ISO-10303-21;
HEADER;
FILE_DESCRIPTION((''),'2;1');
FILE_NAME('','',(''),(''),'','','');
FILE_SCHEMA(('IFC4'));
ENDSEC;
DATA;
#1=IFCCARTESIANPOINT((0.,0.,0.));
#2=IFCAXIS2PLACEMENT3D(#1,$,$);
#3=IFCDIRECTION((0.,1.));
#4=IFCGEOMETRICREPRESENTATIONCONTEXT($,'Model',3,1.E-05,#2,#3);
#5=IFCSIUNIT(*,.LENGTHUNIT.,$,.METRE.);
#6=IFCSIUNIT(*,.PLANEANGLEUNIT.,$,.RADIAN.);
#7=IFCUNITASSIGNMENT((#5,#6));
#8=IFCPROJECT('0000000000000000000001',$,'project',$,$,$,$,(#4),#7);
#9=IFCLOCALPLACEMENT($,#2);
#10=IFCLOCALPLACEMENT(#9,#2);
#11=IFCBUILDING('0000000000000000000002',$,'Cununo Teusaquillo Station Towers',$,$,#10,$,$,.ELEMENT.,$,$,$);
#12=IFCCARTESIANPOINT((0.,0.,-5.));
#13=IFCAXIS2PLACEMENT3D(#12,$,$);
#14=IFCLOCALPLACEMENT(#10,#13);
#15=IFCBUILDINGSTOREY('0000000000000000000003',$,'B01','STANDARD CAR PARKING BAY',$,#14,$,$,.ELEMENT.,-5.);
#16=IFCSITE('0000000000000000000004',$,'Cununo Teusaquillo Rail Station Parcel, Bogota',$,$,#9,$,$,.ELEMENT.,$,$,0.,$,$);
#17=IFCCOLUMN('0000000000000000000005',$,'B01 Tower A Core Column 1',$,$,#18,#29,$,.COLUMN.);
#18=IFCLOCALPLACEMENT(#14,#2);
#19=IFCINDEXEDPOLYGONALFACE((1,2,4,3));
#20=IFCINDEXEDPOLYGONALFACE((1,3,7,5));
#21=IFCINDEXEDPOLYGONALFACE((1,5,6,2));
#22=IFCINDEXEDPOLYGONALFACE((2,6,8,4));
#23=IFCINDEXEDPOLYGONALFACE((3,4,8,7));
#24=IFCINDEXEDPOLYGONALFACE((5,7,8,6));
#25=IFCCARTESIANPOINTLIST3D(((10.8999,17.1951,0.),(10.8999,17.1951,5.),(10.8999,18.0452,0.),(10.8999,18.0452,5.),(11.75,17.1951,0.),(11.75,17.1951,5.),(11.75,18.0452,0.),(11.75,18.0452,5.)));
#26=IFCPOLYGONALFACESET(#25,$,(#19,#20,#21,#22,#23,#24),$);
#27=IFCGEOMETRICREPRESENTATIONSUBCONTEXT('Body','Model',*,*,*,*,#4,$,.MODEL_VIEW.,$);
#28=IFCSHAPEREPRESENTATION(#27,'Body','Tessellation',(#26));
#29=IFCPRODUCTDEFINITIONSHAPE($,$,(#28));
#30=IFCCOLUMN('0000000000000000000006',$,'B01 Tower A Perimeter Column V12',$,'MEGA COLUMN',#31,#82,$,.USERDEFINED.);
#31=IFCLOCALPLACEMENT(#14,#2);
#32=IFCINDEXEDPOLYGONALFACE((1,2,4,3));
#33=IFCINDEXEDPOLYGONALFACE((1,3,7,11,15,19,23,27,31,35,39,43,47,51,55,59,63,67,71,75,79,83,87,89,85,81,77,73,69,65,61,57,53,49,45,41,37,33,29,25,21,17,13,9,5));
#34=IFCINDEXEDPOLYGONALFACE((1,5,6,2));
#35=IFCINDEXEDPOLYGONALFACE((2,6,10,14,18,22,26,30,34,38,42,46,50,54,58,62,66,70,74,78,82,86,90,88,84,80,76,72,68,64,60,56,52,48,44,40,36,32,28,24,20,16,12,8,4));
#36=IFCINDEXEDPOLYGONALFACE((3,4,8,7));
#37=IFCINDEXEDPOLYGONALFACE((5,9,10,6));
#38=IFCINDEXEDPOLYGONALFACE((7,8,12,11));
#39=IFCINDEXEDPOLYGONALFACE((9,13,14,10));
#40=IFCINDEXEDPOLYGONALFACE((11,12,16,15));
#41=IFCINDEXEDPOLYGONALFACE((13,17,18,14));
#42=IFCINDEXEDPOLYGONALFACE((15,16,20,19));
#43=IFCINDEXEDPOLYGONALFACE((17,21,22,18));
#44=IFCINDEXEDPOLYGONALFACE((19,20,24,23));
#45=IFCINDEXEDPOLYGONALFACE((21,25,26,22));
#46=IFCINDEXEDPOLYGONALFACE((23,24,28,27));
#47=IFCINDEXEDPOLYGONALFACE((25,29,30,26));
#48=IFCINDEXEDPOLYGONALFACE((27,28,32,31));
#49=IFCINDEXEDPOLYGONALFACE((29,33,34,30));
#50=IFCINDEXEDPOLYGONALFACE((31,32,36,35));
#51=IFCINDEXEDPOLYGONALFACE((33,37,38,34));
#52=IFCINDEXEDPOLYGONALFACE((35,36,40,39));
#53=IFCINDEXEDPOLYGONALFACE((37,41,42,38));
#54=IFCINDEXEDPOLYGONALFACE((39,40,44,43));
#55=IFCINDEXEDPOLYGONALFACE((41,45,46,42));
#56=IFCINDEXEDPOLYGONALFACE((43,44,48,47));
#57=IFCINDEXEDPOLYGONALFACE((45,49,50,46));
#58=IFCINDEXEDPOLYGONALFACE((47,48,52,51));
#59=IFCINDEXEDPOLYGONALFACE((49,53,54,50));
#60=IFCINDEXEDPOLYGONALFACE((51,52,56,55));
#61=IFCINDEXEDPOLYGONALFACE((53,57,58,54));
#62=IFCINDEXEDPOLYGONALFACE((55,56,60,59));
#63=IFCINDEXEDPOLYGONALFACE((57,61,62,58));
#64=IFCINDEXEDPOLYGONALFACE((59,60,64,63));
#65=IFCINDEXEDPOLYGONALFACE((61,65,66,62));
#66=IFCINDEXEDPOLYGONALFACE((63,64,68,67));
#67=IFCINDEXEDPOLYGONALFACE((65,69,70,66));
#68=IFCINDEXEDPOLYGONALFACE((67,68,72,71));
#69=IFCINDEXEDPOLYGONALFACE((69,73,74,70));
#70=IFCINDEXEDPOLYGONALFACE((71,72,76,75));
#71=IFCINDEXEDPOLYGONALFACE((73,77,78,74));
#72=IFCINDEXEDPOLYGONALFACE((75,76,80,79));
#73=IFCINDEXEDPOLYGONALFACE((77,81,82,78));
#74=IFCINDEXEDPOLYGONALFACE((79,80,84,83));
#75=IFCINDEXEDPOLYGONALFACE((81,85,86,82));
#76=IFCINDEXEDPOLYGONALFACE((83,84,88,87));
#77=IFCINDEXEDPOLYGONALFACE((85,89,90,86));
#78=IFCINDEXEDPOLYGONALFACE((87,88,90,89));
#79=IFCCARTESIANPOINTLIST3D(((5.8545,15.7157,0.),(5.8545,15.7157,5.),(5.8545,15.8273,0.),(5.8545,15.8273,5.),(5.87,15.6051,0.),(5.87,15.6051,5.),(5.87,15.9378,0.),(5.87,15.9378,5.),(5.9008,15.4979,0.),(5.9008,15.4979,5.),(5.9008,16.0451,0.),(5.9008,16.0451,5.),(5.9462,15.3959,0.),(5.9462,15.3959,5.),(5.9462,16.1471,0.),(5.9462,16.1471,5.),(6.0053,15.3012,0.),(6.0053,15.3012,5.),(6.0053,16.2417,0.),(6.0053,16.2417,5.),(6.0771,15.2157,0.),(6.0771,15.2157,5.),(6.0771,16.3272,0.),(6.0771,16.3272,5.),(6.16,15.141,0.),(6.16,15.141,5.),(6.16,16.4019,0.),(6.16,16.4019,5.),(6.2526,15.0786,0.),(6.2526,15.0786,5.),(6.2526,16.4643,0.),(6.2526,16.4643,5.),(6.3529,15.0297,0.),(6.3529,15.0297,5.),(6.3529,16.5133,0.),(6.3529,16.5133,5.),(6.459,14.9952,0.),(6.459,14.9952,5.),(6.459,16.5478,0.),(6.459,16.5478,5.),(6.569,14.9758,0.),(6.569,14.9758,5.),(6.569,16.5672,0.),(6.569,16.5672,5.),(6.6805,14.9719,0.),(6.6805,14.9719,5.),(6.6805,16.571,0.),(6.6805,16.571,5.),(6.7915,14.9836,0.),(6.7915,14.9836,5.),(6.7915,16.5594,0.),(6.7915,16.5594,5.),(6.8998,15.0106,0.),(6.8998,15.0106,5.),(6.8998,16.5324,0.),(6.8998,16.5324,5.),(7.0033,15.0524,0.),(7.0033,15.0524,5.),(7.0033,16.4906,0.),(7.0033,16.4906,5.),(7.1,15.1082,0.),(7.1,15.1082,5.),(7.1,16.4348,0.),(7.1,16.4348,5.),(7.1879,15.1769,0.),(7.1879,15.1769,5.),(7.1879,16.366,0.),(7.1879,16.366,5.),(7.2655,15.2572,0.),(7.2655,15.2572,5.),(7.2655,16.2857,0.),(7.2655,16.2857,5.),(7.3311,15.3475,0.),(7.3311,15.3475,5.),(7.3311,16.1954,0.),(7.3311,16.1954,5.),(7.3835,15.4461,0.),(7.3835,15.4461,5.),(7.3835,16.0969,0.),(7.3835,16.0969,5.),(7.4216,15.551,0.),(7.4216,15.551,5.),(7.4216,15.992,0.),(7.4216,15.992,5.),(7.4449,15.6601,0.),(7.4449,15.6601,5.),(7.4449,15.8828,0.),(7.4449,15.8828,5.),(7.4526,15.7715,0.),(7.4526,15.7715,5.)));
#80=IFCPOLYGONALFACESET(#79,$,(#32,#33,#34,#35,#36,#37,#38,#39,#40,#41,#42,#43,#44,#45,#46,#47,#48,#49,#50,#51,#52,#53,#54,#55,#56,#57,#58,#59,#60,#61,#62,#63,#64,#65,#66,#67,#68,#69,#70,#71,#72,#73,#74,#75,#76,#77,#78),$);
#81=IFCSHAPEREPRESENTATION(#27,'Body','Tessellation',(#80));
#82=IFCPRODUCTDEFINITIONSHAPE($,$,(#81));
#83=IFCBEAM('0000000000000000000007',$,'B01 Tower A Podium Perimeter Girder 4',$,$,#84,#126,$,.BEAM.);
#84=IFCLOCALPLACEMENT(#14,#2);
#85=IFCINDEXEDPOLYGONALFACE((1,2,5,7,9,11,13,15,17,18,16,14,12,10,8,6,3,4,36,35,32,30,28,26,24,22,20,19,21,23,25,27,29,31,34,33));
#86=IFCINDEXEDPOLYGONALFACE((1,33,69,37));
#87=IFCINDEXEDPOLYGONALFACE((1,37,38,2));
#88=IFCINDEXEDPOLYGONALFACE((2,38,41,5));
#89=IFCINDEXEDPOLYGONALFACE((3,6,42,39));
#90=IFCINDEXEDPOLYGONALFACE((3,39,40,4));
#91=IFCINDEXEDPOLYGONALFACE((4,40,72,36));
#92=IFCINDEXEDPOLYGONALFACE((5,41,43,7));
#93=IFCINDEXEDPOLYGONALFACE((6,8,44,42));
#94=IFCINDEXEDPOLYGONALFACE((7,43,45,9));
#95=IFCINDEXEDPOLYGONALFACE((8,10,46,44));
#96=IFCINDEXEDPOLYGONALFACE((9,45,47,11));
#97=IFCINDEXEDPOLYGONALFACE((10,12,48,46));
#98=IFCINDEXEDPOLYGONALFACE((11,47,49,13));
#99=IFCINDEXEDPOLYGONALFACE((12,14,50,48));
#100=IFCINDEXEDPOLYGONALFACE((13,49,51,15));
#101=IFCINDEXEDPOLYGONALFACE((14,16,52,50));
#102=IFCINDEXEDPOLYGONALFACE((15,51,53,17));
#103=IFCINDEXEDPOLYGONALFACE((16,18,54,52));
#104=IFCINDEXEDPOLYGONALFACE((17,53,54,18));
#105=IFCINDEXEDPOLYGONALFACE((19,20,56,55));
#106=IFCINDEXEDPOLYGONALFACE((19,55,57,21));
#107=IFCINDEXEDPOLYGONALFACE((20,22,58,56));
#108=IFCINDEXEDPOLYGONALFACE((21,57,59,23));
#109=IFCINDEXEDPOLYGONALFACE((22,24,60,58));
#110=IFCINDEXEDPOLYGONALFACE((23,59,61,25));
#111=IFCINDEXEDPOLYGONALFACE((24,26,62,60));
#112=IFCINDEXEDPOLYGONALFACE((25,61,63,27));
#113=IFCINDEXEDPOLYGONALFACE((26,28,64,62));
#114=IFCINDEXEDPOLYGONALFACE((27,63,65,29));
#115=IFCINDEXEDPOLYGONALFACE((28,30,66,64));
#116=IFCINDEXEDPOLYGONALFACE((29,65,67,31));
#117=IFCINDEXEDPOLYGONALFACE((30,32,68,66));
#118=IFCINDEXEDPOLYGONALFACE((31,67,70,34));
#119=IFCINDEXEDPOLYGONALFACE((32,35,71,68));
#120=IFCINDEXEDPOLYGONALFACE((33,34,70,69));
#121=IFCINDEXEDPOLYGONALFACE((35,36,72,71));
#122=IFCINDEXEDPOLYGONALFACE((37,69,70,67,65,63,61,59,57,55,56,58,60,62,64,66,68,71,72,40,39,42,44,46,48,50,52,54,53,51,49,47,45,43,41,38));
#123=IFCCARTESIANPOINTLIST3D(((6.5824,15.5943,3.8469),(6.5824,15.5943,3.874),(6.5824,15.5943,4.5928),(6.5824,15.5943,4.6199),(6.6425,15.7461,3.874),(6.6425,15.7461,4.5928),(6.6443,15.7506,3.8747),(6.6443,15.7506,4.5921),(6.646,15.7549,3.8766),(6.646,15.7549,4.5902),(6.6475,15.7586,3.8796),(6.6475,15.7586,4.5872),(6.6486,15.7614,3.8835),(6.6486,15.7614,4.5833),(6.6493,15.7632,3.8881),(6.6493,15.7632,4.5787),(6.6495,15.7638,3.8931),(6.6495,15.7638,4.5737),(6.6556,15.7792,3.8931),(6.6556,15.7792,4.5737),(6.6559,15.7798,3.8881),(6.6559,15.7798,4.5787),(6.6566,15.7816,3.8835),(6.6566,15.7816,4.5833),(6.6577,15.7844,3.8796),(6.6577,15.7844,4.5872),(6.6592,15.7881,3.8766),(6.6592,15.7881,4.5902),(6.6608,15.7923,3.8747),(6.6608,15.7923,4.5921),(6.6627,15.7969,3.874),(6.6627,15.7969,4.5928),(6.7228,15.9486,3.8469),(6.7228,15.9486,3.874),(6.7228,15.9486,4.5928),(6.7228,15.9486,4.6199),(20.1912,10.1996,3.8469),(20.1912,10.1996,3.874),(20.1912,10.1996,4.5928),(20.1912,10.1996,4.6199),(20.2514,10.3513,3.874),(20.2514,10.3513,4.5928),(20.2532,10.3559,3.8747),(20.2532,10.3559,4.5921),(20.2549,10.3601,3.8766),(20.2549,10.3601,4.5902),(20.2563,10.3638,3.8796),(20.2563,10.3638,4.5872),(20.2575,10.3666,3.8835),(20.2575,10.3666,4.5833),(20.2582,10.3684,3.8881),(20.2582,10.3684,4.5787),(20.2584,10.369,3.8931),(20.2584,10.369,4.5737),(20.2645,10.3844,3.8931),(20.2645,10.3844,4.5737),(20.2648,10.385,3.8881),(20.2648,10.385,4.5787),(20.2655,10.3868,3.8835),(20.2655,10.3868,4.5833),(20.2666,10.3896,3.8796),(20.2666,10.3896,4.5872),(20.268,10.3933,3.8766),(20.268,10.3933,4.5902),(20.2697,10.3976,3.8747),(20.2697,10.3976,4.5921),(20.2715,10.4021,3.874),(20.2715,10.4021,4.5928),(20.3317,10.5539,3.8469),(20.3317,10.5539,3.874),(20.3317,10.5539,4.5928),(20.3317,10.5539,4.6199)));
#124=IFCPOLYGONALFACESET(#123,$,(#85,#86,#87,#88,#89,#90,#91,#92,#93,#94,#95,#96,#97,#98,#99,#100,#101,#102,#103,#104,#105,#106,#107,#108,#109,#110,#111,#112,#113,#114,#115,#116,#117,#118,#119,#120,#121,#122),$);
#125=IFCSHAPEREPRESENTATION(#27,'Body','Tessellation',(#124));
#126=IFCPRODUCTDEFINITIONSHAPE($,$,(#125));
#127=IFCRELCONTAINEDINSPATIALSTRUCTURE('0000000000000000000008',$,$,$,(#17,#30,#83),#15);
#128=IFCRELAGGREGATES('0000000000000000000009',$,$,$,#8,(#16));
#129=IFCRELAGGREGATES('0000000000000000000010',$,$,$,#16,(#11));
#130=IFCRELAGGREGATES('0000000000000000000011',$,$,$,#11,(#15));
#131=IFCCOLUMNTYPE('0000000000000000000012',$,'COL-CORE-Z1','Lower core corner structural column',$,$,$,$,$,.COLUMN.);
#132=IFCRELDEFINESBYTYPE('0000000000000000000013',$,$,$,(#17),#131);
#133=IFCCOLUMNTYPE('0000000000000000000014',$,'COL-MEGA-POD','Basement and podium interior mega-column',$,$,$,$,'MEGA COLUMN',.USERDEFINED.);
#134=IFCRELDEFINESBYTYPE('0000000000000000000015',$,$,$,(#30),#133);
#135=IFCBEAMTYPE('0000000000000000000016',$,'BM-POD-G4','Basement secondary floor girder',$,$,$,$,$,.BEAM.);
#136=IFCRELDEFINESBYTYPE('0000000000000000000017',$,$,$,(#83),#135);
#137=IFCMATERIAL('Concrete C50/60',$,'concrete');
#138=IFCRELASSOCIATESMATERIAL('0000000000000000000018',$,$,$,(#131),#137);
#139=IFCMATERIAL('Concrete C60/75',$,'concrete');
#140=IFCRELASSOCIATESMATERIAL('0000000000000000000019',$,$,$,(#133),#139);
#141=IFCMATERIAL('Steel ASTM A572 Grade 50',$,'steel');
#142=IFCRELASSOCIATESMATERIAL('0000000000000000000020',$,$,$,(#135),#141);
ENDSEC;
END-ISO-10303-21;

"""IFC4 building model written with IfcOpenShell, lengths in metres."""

from ifc_helpers import new_model, si_unit, direction, frame, origin, origin_2d, place, context, subcontext, project, spatial, rectangle, circle, i_section, extrude, material, material_profile, profile_set, type_object, element, save


model = new_model("IFC4")

# Units and contexts
model_context = context("Model", 3, precision=1e-05, world=origin(), true_north=direction((0.0, 1.0)))
body_context = subcontext(model_context, "Body", "Model", "MODEL_VIEW")
ifc_project = project(units=[si_unit("LENGTHUNIT", "METRE"), si_unit("PLANEANGLEUNIT", "RADIAN")], contexts=[model_context])

# Site, building, storey
site_placement = place(None, origin())
site = spatial("IfcSite", under=ifc_project, at=site_placement, Name="Cununo Teusaquillo Rail Station Parcel, Bogota", CompositionType="ELEMENT", RefElevation=0.0)
building_placement = place(site_placement, origin())
building = spatial("IfcBuilding", under=site, at=building_placement, Name="Cununo Teusaquillo Station Towers", CompositionType="ELEMENT")
storey_placement = place(building_placement, frame((0.0, 0.0, -5.0)))
storey = spatial("IfcBuildingStorey", under=building, at=storey_placement, Name="B01", Description="STANDARD CAR PARKING BAY", CompositionType="ELEMENT", Elevation=-5.0)

# Columns
ifc_material_1 = material(Name="Concrete C50/60", Category="concrete")
ifc_material_profile_1 = material_profile(ifc_material_1, rectangle(XDim=0.8501, YDim=0.8501, at=origin_2d()), Name="RC-RECT-850x850")
ifc_profile_set_1 = profile_set([ifc_material_profile_1], Name="Concrete C50/60")
column_type_1 = type_object("IfcColumnType", Name="COL-CORE-Z1", Description="Lower core corner structural column", PredefinedType="COLUMN", material=ifc_profile_set_1)
column_1_placement = place(storey_placement, frame((11.325, 17.6201, 0.0), z_axis=(0.0, 0.0, 1.0), x_axis=(1.0, 0.0, 0.0)))
element("IfcColumn", 1, at=column_1_placement, inside=storey, type_object=column_type_1, Name="B01 Tower A Core Column 1", PredefinedType="COLUMN", context=body_context, shape_type="SweptSolid", body=[
    extrude(rectangle(XDim=0.8501, YDim=0.8501, at=origin_2d()), origin(), (0.0, 0.0, 1.0), 5.0),
])
ifc_material_2 = material(Name="Concrete C60/75", Category="concrete")
ifc_material_profile_2 = material_profile(ifc_material_2, circle(Radius=0.8, at=origin_2d()), Name="RC-CIRC-1600")
ifc_profile_set_2 = profile_set([ifc_material_profile_2], Name="Concrete C60/75")
column_type_2 = type_object("IfcColumnType", Name="COL-MEGA-POD", Description="Basement and podium interior mega-column", ElementType="MEGA COLUMN", PredefinedType="USERDEFINED", material=ifc_profile_set_2)
column_2_placement = place(storey_placement, frame((6.6526, 15.7715, 0.0), z_axis=(0.0, 0.0, 1.0), x_axis=(1.0, 0.0, 0.0)))
element("IfcColumn", 2, at=column_2_placement, inside=storey, type_object=column_type_2, Name="B01 Tower A Perimeter Column V12", ObjectType="MEGA COLUMN", PredefinedType="USERDEFINED", context=body_context, shape_type="SweptSolid", body=[
    extrude(circle(Radius=0.8, at=origin_2d()), origin(), (0.0, 0.0, 1.0), 5.0),
])

# Beam
ifc_material_3 = material(Name="Steel ASTM A572 Grade 50", Category="steel")
ifc_material_profile_3 = material_profile(ifc_material_3, i_section(OverallWidth=0.3811, OverallDepth=0.7729, WebThickness=0.0166, FlangeThickness=0.0271, FilletRadius=0.019, at=origin_2d()), Name="W30X173")
ifc_profile_set_3 = profile_set([ifc_material_profile_3], Name="Steel ASTM A572 Grade 50")
beam_type = type_object("IfcBeamType", Name="BM-POD-G4", Description="Basement secondary floor girder", PredefinedType="BEAM", material=ifc_profile_set_3)
beam_placement = place(storey_placement, frame((6.6526, 15.7715, 4.2334), z_axis=(0.929621, -0.368516, 0.0), x_axis=(0.368516, 0.929621, 0.0)))
element("IfcBeam", 3, at=beam_placement, inside=storey, type_object=beam_type, Name="B01 Tower A Podium Perimeter Girder 4", PredefinedType="BEAM", context=body_context, shape_type="SweptSolid", body=[
    extrude(i_section(OverallWidth=0.3811, OverallDepth=0.7729, WebThickness=0.0166, FlangeThickness=0.0271, FilletRadius=0.019, at=origin_2d()), origin(), (0.0, 0.0, 1.0), 14.6392),
])

save(model, "model.ifc")
